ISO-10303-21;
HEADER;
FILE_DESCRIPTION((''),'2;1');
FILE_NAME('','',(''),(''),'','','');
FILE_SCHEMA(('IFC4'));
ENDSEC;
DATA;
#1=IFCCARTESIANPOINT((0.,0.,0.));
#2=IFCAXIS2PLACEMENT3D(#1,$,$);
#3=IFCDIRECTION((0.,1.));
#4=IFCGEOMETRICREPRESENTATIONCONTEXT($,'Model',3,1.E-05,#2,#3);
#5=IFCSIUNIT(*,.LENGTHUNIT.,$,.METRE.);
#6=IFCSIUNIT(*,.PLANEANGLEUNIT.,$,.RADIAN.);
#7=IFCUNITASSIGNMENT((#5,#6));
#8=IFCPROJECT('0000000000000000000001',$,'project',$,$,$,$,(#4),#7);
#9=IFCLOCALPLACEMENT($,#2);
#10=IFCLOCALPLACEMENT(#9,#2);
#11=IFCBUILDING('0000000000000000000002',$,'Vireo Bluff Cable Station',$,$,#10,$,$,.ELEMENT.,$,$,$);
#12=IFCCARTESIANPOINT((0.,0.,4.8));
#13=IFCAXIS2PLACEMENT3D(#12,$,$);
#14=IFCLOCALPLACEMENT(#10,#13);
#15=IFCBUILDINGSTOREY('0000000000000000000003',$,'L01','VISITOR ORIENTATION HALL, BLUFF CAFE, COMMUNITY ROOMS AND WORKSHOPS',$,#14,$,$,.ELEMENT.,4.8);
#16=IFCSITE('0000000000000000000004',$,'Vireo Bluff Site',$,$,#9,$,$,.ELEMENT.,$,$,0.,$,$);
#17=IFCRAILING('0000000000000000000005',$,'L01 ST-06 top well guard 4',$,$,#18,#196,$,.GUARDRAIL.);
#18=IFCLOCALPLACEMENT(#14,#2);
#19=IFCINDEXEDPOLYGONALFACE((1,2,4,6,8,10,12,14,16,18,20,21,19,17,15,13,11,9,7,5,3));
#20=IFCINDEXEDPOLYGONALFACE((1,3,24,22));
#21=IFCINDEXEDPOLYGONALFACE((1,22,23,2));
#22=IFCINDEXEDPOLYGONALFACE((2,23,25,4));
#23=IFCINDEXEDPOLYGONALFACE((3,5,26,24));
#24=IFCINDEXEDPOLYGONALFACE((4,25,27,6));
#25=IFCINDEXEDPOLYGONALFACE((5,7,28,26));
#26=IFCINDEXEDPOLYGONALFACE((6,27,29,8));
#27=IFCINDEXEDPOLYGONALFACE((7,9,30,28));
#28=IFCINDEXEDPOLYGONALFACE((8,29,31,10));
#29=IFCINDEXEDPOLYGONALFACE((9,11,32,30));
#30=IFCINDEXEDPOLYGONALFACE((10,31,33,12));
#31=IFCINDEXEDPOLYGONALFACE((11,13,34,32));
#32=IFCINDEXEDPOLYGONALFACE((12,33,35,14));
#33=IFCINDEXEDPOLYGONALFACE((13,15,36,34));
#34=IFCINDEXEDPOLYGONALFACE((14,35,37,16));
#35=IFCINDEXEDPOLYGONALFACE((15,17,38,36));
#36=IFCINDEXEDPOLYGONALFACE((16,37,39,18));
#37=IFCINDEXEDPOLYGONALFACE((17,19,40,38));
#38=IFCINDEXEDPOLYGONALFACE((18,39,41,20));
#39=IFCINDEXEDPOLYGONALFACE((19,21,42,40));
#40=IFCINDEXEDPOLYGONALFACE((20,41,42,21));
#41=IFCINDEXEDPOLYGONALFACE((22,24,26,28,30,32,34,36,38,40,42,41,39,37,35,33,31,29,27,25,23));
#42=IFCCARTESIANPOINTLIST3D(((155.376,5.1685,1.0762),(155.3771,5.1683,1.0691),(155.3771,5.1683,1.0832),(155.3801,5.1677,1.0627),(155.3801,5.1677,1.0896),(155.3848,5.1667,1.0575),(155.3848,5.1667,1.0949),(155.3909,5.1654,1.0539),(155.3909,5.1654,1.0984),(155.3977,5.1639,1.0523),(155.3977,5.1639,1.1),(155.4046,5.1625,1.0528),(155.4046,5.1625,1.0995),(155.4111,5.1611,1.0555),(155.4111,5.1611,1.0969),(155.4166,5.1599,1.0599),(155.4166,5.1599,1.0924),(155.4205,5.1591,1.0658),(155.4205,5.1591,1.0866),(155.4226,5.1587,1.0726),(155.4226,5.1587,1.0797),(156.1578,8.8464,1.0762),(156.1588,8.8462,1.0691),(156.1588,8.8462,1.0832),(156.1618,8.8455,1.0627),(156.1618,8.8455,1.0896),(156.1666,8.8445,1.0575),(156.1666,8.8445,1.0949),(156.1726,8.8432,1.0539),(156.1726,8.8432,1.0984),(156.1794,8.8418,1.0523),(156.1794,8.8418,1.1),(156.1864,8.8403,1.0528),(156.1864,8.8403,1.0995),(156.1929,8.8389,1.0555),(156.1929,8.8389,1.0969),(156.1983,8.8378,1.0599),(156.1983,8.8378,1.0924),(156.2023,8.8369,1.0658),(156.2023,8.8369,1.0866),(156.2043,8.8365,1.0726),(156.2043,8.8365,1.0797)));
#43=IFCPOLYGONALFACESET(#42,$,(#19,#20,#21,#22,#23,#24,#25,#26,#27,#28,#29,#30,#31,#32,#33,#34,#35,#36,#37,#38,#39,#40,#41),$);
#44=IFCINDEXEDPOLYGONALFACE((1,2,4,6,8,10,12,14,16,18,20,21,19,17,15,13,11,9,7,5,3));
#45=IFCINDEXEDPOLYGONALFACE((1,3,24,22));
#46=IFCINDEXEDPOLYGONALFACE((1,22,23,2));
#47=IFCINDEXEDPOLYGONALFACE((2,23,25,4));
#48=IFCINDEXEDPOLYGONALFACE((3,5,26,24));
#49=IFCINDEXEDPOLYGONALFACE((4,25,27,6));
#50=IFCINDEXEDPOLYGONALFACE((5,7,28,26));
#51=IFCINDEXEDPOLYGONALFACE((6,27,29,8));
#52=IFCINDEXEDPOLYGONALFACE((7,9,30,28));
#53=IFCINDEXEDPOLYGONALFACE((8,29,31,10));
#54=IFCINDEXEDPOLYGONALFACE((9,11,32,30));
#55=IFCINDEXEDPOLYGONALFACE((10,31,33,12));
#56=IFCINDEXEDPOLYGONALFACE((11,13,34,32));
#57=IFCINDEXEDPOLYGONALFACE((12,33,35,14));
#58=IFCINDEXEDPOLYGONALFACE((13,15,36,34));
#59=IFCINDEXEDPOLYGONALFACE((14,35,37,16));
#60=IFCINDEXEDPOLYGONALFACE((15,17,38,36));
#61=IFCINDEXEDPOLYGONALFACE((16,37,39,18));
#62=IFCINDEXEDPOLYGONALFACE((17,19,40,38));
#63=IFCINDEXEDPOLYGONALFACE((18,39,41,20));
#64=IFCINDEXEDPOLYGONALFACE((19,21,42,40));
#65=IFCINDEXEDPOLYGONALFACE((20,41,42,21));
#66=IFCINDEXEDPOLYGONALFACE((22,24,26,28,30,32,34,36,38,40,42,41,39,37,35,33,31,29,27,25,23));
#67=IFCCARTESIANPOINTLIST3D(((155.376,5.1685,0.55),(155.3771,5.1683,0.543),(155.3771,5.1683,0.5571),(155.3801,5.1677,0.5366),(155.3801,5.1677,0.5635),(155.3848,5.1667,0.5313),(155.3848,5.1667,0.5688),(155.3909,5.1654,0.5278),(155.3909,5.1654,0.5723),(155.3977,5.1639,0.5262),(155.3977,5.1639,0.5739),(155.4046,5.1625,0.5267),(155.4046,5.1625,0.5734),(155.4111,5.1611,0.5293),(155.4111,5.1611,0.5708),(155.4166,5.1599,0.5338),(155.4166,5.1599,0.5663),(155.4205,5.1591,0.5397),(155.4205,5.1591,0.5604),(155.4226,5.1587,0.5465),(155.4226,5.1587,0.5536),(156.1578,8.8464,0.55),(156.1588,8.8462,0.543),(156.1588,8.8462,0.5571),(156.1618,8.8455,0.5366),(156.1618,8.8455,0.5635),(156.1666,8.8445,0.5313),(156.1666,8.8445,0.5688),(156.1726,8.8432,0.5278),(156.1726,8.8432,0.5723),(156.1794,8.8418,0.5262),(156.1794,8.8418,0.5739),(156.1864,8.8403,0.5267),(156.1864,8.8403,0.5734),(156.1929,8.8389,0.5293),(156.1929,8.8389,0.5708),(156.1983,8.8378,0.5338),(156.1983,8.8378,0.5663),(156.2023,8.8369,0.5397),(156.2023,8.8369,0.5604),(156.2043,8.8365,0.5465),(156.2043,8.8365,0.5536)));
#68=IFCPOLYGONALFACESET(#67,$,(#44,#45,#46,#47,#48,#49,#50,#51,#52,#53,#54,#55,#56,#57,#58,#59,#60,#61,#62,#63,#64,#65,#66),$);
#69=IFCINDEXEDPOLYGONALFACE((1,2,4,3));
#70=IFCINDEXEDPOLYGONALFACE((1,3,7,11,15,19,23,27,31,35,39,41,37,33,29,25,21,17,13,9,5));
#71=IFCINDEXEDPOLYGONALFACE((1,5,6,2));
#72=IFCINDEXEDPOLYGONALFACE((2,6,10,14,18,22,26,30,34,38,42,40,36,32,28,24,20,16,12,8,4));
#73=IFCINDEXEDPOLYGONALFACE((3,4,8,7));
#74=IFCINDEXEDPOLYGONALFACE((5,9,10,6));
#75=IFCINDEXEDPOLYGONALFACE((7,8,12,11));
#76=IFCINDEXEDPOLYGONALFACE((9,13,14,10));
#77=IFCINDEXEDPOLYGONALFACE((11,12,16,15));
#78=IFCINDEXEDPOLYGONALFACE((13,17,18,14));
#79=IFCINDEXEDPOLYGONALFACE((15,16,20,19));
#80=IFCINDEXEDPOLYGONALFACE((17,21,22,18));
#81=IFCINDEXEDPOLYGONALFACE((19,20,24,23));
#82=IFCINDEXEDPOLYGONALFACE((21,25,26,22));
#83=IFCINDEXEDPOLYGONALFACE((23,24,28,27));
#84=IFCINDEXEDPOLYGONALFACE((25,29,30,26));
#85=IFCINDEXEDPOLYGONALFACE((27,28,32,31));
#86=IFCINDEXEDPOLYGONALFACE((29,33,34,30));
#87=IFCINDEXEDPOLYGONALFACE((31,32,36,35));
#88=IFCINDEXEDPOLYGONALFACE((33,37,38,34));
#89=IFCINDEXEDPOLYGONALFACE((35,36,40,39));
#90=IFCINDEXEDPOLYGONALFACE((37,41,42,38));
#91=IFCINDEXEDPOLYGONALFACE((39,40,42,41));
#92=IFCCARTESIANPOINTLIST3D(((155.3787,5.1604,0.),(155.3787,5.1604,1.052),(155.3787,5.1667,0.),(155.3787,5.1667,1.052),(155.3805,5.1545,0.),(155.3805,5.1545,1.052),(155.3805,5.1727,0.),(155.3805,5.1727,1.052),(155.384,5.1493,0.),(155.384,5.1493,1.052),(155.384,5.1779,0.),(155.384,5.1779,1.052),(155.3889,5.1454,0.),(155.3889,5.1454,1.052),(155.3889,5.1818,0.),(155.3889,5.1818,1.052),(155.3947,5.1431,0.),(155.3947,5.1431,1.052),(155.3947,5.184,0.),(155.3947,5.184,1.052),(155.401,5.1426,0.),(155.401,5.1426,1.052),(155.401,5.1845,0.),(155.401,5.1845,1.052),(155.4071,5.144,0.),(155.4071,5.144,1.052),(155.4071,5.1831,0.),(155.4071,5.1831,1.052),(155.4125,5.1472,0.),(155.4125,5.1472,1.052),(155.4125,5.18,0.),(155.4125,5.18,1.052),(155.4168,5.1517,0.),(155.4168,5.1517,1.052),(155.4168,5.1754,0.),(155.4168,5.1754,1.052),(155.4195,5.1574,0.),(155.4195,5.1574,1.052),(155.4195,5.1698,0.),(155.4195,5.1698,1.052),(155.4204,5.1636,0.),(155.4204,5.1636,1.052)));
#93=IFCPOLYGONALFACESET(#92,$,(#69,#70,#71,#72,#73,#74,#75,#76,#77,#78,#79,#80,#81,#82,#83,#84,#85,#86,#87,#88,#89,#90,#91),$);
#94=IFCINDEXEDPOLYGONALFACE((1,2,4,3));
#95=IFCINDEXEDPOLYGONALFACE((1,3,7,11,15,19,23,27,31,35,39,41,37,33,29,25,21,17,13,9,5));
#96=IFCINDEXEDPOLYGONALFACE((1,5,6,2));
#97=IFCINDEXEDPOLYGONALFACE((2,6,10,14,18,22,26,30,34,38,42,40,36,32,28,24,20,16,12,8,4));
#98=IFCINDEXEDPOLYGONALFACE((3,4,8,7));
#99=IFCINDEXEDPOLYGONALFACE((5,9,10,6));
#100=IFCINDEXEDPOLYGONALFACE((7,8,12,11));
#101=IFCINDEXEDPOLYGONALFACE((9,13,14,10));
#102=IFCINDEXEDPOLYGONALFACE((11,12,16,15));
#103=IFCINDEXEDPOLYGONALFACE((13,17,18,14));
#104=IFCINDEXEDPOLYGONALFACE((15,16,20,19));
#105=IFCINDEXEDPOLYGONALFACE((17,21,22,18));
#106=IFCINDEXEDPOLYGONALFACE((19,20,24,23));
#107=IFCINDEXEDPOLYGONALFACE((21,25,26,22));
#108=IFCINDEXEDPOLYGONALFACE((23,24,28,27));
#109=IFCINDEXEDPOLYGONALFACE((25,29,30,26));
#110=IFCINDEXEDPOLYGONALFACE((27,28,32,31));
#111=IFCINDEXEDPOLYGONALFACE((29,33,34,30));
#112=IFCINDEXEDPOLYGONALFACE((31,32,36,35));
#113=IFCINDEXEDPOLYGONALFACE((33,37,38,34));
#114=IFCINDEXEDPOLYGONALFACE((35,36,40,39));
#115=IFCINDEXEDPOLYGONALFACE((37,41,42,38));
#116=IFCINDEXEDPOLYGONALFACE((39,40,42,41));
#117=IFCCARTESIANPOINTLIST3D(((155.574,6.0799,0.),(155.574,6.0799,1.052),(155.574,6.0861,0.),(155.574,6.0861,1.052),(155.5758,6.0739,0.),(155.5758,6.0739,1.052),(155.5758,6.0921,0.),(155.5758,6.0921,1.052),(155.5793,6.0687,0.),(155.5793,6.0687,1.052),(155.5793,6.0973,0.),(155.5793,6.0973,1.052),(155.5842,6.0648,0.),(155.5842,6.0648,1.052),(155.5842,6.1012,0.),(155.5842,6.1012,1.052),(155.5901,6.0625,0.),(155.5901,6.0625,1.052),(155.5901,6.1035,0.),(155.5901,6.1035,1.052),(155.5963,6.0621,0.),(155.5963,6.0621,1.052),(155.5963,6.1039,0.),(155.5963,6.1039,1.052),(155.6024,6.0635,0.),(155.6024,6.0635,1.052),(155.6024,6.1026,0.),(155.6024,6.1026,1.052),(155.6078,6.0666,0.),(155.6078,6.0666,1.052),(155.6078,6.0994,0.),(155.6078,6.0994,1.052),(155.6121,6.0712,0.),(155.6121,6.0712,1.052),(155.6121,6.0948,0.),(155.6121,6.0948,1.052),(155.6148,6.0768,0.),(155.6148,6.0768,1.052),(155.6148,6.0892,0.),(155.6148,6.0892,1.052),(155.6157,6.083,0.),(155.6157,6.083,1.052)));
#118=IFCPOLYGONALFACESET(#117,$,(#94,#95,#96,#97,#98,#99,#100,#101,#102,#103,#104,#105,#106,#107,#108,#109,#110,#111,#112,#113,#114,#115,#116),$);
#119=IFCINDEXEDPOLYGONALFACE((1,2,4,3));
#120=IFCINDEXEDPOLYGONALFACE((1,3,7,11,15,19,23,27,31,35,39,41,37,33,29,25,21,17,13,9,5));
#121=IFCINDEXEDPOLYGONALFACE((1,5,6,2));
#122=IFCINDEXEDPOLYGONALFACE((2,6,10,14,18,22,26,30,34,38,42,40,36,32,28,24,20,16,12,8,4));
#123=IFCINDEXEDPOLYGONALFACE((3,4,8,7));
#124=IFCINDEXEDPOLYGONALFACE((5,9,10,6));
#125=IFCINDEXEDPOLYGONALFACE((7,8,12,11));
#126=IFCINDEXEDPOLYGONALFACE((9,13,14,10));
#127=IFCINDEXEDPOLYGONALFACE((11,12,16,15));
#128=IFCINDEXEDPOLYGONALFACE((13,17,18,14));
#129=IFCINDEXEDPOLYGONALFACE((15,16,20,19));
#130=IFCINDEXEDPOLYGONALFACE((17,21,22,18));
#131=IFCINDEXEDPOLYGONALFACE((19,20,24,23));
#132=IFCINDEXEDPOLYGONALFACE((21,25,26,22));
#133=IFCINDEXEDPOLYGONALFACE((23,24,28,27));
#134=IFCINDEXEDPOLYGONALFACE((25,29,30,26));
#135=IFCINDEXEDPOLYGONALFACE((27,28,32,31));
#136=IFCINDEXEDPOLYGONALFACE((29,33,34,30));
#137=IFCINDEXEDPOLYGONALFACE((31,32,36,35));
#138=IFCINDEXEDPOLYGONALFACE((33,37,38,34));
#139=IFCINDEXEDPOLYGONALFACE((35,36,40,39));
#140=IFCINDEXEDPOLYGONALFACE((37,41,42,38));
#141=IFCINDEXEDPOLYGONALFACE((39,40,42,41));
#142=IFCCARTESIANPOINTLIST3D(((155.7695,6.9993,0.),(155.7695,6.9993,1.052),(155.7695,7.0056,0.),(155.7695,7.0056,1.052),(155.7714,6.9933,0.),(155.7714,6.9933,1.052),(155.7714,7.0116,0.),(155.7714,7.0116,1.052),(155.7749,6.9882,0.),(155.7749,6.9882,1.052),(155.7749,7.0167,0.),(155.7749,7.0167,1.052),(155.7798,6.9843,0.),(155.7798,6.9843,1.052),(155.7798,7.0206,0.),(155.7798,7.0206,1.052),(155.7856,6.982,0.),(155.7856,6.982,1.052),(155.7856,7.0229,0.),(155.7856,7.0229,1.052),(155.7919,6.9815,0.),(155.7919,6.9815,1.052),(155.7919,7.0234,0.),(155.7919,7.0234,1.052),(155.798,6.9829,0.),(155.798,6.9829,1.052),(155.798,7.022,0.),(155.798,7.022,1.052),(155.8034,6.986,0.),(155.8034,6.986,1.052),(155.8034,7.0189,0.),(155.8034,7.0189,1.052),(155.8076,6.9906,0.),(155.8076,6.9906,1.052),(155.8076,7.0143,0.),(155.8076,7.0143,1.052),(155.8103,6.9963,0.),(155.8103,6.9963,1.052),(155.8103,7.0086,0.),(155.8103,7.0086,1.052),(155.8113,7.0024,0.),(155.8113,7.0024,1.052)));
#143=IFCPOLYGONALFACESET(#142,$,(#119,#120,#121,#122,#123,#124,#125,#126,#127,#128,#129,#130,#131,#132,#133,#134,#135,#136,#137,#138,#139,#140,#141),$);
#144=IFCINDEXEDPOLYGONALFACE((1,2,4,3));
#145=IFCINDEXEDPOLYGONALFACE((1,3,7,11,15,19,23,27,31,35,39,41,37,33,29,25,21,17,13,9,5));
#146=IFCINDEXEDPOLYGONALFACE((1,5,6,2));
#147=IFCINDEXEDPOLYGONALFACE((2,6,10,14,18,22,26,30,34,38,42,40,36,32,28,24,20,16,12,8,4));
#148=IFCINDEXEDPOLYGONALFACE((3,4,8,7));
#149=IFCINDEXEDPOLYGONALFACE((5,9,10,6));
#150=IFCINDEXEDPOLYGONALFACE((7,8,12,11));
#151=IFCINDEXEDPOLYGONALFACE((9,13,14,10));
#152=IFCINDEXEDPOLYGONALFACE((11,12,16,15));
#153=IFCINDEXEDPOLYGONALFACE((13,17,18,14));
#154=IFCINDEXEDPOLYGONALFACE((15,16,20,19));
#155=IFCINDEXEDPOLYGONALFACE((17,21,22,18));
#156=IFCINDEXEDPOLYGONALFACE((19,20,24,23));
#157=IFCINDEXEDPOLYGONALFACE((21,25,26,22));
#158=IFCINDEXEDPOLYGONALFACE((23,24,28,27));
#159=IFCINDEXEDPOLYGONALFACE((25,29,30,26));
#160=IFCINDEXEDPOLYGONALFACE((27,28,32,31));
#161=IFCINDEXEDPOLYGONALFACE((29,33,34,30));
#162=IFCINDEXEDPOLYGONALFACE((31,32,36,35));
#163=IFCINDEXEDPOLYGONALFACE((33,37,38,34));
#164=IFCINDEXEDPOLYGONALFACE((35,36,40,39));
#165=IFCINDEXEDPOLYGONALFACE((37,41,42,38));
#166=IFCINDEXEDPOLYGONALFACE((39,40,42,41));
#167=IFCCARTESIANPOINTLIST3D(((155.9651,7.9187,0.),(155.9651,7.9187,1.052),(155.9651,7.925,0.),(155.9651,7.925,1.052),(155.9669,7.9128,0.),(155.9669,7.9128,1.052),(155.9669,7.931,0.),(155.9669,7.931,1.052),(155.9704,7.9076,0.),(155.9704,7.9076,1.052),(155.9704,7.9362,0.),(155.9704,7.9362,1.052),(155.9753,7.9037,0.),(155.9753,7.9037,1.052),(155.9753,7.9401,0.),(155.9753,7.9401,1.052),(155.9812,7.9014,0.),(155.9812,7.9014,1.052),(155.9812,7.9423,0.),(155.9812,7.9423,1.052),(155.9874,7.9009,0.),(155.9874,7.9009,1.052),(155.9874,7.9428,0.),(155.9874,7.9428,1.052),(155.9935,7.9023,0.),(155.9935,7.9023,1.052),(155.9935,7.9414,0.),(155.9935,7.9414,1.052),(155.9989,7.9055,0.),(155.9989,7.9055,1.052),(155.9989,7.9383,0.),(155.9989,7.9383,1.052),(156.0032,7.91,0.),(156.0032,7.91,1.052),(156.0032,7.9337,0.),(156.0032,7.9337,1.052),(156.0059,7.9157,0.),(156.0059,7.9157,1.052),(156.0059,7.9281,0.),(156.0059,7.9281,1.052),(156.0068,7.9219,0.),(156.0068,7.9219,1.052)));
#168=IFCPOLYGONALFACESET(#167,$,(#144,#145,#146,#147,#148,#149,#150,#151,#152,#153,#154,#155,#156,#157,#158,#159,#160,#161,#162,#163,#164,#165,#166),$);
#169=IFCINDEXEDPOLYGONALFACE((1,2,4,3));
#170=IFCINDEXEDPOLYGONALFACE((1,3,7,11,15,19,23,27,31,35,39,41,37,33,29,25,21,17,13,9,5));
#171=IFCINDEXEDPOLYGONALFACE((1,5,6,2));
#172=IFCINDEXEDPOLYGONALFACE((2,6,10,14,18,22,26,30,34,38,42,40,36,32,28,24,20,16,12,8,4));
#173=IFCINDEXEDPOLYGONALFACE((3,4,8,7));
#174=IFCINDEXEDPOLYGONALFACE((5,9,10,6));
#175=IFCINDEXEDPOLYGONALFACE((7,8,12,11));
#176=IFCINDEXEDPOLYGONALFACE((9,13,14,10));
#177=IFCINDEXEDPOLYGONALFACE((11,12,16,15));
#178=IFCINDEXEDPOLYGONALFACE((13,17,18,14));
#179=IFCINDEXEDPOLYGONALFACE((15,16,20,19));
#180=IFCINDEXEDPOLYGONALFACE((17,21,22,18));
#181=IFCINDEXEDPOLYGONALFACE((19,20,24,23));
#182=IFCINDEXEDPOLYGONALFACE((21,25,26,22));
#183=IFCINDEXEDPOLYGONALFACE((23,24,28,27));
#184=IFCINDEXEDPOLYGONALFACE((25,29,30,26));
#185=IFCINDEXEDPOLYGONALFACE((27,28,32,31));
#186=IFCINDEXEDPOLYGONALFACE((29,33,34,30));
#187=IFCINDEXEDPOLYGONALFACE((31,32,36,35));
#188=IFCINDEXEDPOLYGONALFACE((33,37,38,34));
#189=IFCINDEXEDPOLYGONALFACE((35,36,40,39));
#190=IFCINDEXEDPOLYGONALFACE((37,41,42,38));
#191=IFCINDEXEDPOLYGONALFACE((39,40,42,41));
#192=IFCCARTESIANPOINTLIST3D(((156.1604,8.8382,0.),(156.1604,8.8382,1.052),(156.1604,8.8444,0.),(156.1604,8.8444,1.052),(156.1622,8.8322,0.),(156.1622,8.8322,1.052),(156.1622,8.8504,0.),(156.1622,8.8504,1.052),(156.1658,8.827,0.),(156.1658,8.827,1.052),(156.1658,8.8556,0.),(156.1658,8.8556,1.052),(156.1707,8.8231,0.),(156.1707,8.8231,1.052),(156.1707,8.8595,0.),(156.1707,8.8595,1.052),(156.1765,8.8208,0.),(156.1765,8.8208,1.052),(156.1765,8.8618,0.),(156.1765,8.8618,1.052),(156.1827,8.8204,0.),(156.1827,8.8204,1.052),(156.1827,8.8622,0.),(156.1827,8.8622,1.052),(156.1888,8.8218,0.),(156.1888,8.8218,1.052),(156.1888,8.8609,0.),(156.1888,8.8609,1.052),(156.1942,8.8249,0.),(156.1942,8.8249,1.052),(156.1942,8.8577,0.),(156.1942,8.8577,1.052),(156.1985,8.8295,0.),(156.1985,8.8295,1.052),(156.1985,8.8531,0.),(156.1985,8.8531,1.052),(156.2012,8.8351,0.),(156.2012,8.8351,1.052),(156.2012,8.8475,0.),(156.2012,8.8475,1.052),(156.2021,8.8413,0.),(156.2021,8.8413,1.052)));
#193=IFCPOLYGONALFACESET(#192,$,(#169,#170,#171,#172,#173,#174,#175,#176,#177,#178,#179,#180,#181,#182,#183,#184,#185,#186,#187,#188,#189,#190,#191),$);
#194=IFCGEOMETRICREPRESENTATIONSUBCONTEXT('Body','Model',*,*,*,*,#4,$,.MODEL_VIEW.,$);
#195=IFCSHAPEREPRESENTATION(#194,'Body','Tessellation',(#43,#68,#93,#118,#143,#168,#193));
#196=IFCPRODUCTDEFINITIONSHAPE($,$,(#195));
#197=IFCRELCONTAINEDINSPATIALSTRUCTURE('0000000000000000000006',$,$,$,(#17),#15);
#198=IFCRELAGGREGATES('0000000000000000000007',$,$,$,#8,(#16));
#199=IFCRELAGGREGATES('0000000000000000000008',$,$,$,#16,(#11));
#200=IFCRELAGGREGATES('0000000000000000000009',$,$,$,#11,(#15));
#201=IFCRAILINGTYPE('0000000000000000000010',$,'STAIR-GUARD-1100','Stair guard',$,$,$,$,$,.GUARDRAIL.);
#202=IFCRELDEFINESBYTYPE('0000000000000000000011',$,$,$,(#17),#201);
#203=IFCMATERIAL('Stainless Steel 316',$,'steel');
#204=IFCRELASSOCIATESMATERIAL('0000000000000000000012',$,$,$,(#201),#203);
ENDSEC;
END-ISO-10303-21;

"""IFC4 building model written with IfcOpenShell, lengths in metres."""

from ifc_helpers import new_model, si_unit, direction, frame, origin, origin_2d, place, context, subcontext, project, spatial, circle, extrude, material, type_object, element, save


model = new_model("IFC4")

# Units and contexts
model_context = context("Model", 3, precision=1e-05, world=origin(), true_north=direction((0.0, 1.0)))
body_context = subcontext(model_context, "Body", "Model", "MODEL_VIEW")
ifc_project = project(units=[si_unit("LENGTHUNIT", "METRE"), si_unit("PLANEANGLEUNIT", "RADIAN")], contexts=[model_context])

# Site, building, storey
site_placement = place(None, origin())
site = spatial("IfcSite", under=ifc_project, at=site_placement, Name="Vireo Bluff Site", CompositionType="ELEMENT", RefElevation=0.0)
building_placement = place(site_placement, origin())
building = spatial("IfcBuilding", under=site, at=building_placement, Name="Vireo Bluff Cable Station", CompositionType="ELEMENT")
storey_placement = place(building_placement, frame((0.0, 0.0, 4.8)))
storey = spatial("IfcBuildingStorey", under=building, at=storey_placement, Name="L01", Description="VISITOR ORIENTATION HALL, BLUFF CAFE, COMMUNITY ROOMS AND WORKSHOPS", CompositionType="ELEMENT", Elevation=4.8)

# Railing
ifc_material_1 = material(Name="Stainless Steel 316", Category="steel")
railing_type = type_object("IfcRailingType", Name="STAIR-GUARD-1100", Description="Stair guard", PredefinedType="GUARDRAIL", material=ifc_material_1)
railing_1_placement = place(storey_placement, frame((155.3994, 5.1636, 0.0)))
element("IfcRailing", 1, at=railing_1_placement, inside=storey, type_object=railing_type, Name="L01 ST-06 top well guard 4", PredefinedType="GUARDRAIL", context=body_context, shape_type="SweptSolid", body=[
    extrude(circle(Radius=0.0239, at=origin_2d()), frame((0.0, 0.0, 1.0762), z_axis=(0.207915, 0.978147, 0.0), x_axis=(-0.978147, 0.207915, 0.0)), (0.0, 0.0, 1.0), 3.76),
    extrude(circle(Radius=0.0239, at=origin_2d()), frame((0.0, 0.0, 0.55), z_axis=(0.207915, 0.978147, 0.0), x_axis=(-0.978147, 0.207915, 0.0)), (0.0, 0.0, 1.0), 3.76),
    extrude(circle(Radius=0.021, at=origin_2d()), origin(), (0.0, 0.0, 1.0), 1.052),
    extrude(circle(Radius=0.021, at=origin_2d()), frame((0.1953, 0.9194, 0.0)), (0.0, 0.0, 1.0), 1.052),
    extrude(circle(Radius=0.021, at=origin_2d()), frame((0.3909, 1.8389, 0.0)), (0.0, 0.0, 1.0), 1.052),
    extrude(circle(Radius=0.021, at=origin_2d()), frame((0.5864, 2.7583, 0.0)), (0.0, 0.0, 1.0), 1.052),
    extrude(circle(Radius=0.021, at=origin_2d()), frame((0.7817, 3.6777, 0.0)), (0.0, 0.0, 1.0), 1.052),
])

save(model, "model.ifc")
